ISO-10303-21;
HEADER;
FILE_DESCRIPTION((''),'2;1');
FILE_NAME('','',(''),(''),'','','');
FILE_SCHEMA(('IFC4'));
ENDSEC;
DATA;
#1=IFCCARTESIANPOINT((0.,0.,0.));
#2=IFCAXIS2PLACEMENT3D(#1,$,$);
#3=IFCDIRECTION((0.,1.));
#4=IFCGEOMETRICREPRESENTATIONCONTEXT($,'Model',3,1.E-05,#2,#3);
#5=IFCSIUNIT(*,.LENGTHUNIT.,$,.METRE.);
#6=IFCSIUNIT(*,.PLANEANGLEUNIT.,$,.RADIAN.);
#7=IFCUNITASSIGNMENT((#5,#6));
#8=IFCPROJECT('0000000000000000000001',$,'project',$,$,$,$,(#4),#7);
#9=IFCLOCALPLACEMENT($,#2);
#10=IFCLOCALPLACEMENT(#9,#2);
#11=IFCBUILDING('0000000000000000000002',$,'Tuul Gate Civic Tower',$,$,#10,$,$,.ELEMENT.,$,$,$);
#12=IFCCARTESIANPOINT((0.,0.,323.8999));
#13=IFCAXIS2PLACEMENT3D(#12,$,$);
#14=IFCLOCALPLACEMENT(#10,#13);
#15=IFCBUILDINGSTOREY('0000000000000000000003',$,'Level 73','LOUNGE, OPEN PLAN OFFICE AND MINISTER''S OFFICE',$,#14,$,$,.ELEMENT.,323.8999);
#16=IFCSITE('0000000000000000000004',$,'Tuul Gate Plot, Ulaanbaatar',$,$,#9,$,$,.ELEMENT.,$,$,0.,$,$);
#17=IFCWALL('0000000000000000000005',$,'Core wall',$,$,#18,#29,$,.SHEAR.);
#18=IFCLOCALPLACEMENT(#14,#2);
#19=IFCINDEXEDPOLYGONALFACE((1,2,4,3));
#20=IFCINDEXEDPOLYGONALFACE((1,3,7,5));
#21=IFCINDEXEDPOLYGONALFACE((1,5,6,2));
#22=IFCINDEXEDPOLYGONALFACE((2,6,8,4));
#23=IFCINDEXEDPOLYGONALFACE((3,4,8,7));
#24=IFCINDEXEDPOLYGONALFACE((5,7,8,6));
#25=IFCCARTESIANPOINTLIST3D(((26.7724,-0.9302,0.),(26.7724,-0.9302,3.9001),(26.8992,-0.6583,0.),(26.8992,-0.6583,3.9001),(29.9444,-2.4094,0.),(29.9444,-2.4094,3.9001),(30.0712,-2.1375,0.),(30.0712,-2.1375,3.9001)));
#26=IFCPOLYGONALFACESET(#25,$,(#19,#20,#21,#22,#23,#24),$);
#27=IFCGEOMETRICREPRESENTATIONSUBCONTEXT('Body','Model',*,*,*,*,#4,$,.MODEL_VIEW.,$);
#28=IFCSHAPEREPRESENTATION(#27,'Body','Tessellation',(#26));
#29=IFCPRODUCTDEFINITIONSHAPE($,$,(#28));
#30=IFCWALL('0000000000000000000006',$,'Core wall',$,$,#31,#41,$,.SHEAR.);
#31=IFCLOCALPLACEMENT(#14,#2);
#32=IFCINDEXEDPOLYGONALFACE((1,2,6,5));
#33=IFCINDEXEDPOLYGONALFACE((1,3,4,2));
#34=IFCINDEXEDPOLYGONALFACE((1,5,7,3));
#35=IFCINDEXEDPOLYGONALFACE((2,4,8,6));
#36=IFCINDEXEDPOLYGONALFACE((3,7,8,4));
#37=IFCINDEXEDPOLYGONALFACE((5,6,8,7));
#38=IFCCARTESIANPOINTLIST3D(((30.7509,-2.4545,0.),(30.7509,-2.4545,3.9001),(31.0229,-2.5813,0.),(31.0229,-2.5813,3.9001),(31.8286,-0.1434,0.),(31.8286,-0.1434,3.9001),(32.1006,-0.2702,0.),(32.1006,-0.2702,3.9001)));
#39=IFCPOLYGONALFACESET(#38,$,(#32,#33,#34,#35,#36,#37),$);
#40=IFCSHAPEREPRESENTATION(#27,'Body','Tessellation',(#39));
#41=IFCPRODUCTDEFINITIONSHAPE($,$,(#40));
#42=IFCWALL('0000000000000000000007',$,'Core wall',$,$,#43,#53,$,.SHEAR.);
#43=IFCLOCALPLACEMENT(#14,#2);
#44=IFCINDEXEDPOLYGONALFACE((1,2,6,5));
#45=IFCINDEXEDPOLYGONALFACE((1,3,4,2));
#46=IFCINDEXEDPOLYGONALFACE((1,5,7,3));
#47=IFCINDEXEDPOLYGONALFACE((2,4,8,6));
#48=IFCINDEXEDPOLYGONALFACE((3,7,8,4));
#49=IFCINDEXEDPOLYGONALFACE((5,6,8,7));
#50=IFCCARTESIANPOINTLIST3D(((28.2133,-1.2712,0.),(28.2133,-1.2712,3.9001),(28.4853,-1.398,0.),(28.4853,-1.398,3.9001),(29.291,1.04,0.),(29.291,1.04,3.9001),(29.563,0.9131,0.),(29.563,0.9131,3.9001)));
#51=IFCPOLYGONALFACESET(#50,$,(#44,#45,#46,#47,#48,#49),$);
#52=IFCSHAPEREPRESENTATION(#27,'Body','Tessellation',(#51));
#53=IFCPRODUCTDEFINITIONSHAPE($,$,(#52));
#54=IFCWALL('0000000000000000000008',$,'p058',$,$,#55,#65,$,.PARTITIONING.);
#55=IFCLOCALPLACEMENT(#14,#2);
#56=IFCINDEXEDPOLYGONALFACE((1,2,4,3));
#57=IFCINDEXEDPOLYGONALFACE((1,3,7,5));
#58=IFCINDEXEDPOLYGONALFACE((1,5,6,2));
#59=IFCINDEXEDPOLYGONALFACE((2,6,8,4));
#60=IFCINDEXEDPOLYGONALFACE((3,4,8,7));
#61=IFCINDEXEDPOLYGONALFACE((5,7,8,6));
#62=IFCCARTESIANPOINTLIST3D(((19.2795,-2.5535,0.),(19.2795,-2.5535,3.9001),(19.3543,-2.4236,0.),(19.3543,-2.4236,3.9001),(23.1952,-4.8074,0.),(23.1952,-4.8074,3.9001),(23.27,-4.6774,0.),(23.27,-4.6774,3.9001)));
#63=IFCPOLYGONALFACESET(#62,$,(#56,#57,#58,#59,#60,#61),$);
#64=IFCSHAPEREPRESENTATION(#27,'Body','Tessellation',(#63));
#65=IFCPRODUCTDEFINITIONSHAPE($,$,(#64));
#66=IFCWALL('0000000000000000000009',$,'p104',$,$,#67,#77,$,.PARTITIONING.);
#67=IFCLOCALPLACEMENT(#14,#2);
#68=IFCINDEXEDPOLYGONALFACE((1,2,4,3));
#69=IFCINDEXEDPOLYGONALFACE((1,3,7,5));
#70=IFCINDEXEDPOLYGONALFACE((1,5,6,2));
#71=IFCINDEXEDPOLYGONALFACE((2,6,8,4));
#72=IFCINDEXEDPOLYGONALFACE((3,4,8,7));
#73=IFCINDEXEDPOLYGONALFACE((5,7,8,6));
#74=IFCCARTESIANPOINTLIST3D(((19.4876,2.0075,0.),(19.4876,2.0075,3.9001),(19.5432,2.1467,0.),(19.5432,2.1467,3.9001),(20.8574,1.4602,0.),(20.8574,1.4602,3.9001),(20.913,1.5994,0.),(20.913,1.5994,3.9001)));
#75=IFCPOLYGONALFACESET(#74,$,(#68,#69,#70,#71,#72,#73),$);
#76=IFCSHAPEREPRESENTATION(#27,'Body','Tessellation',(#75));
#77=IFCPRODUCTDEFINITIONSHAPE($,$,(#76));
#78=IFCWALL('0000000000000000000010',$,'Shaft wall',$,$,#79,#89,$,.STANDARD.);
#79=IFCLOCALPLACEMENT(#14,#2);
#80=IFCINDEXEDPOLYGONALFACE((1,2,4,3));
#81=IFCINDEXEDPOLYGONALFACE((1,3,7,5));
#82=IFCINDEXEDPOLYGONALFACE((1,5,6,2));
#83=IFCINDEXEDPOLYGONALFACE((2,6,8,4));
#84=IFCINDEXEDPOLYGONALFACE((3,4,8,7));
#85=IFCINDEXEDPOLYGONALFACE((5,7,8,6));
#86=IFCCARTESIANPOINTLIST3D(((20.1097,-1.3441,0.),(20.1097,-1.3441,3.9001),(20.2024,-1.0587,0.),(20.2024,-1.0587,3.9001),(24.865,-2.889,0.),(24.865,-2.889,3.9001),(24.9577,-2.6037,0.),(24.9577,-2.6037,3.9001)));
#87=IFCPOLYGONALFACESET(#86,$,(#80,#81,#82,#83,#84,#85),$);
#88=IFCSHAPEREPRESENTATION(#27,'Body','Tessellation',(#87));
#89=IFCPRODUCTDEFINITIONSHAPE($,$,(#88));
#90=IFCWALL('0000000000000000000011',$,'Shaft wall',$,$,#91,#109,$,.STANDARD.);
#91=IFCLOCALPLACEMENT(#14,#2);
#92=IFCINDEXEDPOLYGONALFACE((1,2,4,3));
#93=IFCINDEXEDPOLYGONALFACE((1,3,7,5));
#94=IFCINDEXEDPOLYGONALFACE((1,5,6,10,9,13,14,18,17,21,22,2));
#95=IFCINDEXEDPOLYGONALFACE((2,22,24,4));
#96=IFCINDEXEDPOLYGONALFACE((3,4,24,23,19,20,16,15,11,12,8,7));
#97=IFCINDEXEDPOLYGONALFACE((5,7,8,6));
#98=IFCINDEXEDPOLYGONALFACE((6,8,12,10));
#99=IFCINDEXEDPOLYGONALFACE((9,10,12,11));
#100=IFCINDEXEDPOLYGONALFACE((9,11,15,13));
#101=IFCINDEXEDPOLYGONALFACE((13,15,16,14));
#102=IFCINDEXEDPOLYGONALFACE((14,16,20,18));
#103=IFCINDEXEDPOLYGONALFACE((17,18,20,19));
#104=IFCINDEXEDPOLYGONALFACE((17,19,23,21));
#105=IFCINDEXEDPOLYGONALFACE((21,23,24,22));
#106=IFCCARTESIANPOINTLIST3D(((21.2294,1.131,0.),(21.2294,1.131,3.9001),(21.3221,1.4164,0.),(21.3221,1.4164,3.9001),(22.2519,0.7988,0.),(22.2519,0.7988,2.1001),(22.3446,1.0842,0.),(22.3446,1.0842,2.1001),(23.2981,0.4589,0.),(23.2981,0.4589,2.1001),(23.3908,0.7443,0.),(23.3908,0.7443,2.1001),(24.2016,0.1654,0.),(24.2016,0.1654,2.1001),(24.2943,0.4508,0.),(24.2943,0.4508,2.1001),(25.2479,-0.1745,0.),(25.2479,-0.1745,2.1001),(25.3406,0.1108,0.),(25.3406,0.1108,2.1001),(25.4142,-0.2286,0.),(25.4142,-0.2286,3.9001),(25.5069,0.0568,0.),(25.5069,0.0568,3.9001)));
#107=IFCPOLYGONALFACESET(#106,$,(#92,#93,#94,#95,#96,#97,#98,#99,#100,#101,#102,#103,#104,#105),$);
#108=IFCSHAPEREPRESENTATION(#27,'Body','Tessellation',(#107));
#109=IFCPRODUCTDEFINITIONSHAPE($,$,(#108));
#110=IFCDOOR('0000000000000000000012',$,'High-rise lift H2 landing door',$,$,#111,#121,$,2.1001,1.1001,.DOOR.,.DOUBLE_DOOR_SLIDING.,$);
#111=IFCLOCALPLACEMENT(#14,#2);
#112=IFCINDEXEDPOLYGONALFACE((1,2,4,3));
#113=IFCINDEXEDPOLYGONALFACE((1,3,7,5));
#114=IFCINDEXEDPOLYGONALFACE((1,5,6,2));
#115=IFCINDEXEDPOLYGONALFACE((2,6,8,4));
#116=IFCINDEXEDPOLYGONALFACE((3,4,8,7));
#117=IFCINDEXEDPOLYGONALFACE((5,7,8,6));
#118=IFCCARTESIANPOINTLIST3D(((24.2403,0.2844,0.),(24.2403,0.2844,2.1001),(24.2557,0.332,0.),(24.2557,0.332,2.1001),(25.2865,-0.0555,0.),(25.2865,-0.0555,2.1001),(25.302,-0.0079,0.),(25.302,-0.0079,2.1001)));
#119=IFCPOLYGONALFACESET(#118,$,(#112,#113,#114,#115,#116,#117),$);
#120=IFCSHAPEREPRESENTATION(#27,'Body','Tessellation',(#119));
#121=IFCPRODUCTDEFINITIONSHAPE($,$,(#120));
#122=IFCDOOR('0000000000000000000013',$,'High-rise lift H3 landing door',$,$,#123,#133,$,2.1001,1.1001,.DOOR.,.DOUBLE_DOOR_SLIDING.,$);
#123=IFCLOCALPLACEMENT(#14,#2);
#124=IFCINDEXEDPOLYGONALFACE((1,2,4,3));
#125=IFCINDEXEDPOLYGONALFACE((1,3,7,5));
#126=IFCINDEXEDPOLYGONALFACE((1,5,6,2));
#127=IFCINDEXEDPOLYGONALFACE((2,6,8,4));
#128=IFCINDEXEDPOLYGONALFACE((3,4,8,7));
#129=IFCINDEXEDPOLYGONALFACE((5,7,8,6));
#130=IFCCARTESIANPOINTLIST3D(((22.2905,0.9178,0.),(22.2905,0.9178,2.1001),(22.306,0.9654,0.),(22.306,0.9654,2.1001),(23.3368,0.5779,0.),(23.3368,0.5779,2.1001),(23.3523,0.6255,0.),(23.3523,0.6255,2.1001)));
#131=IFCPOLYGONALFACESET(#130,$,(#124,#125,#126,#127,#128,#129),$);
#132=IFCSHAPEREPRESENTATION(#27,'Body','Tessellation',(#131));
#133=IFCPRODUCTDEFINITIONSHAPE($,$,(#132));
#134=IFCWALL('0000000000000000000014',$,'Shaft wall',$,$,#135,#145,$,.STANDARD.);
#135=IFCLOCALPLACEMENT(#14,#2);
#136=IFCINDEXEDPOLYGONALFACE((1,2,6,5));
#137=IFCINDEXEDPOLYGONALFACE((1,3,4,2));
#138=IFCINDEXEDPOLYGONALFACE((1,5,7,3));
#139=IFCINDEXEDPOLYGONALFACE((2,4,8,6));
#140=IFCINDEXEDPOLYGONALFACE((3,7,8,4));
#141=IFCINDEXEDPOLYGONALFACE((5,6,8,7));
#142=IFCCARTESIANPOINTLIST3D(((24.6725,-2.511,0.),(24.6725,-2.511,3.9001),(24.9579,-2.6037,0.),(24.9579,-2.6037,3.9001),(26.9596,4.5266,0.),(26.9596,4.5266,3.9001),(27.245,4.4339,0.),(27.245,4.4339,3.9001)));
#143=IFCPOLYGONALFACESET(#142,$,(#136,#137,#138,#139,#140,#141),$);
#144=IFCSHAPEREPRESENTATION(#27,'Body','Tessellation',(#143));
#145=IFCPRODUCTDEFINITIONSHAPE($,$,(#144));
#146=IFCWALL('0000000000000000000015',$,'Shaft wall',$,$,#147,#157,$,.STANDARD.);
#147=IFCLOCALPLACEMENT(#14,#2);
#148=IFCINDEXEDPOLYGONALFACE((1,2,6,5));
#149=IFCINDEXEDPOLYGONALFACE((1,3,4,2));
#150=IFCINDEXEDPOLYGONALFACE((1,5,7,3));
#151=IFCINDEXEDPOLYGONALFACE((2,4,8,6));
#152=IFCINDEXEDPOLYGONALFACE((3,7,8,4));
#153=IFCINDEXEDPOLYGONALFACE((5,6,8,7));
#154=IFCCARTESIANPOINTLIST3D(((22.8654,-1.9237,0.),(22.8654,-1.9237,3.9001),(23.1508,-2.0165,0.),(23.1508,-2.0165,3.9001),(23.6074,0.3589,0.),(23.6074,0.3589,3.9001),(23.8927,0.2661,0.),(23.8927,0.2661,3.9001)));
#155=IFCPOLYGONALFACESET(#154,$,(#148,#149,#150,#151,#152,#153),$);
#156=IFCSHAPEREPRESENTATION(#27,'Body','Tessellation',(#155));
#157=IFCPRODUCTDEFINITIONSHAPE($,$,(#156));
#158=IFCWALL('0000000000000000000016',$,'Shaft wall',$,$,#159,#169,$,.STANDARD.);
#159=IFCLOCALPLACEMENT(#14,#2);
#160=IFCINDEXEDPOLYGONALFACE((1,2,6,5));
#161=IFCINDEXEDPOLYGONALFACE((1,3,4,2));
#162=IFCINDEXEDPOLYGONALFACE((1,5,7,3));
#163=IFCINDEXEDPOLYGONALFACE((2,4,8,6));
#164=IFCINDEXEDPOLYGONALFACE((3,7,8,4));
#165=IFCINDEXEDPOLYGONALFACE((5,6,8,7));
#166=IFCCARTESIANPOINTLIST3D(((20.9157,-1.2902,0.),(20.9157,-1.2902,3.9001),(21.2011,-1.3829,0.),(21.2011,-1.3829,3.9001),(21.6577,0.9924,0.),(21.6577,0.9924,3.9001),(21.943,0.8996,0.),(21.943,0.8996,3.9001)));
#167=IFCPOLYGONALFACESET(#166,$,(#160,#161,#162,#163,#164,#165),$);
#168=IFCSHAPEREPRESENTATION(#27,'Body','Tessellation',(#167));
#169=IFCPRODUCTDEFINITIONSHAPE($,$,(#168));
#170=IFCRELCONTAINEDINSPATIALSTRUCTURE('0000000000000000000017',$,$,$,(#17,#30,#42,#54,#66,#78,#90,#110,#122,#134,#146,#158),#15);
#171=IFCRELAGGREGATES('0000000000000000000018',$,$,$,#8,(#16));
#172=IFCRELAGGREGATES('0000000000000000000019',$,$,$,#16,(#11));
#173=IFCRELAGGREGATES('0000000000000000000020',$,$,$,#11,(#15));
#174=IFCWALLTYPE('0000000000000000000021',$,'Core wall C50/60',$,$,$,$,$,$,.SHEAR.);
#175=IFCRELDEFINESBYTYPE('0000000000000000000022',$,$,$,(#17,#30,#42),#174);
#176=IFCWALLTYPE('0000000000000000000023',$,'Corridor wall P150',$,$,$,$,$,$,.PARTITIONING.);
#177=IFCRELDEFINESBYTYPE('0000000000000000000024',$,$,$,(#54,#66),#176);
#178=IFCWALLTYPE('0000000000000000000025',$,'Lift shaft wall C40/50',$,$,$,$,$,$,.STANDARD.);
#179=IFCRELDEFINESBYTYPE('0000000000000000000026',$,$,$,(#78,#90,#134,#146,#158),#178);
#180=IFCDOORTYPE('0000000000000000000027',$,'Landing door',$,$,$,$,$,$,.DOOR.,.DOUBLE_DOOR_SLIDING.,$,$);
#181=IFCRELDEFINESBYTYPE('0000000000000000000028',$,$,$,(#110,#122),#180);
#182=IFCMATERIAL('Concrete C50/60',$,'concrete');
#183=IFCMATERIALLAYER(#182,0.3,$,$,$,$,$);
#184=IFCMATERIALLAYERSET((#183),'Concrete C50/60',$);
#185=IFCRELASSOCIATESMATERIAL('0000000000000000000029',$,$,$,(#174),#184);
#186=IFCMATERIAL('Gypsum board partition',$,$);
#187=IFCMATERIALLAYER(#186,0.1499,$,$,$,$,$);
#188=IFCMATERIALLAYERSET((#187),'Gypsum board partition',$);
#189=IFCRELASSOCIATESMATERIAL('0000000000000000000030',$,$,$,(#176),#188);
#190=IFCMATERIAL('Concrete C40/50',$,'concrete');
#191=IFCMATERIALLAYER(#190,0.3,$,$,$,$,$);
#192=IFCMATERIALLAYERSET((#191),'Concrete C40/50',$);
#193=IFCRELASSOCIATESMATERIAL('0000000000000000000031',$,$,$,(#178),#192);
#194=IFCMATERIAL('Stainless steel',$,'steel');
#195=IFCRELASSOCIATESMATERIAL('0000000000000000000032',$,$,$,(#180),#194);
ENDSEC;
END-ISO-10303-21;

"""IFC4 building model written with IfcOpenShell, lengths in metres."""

from ifc_helpers import new_model, si_unit, direction, frame, frame_2d, origin, place, context, subcontext, project, spatial, rectangle, extrude, material, layer, layer_set, type_object, element, fill, save


model = new_model("IFC4")

# Units and contexts
model_context = context("Model", 3, precision=1e-05, world=origin(), true_north=direction((0.0, 1.0)))
body_context = subcontext(model_context, "Body", "Model", "MODEL_VIEW")
ifc_project = project(units=[si_unit("LENGTHUNIT", "METRE"), si_unit("PLANEANGLEUNIT", "RADIAN")], contexts=[model_context])

# Site, building, storey
site_placement = place(None, origin())
site = spatial("IfcSite", under=ifc_project, at=site_placement, Name="Tuul Gate Plot, Ulaanbaatar", CompositionType="ELEMENT", RefElevation=0.0)
building_placement = place(site_placement, origin())
building = spatial("IfcBuilding", under=site, at=building_placement, Name="Tuul Gate Civic Tower", CompositionType="ELEMENT")
storey_placement = place(building_placement, frame((0.0, 0.0, 323.8999)))
storey = spatial("IfcBuildingStorey", under=building, at=storey_placement, Name="Level 73", Description="LOUNGE, OPEN PLAN OFFICE AND MINISTER'S OFFICE", CompositionType="ELEMENT", Elevation=323.8999)

# Walls
ifc_material_1 = material(Name="Concrete C50/60", Category="concrete")
ifc_layer_1 = layer(ifc_material_1, 0.3)
ifc_layer_set_1 = layer_set([ifc_layer_1], Name="Concrete C50/60")
wall_type_1 = type_object("IfcWallType", Name="Core wall C50/60", PredefinedType="SHEAR", material=ifc_layer_set_1)
wall_1_placement = place(storey_placement, frame((30.0078, -2.2734, 0.0), z_axis=(0.0, 0.0, 1.0), x_axis=(-0.906301, 0.422633, 0.0)))
element("IfcWall", 1, at=wall_1_placement, inside=storey, type_object=wall_type_1, Name="Core wall", PredefinedType="SHEAR", context=body_context, shape_type="SweptSolid", body=[
    extrude(rectangle(XDim=3.5, YDim=0.3, at=frame_2d((1.75, 0.0))), origin(), (0.0, 0.0, 1.0), 3.9001),
])
for number, where, z_axis, x_axis, name in (
    (2, (30.887, -2.5178, 0.0), (0.0, 0.0, 1.0), (0.422613, 0.90631, 0.0), "Core wall"),
    (3, (28.3494, -1.3345, 0.0), (0.0, 0.0, 1.0), (0.422613, 0.90631, 0.0), "Core wall"),
):
    element("IfcWall", number, at=place(storey_placement, frame(where, z_axis=z_axis, x_axis=x_axis)), inside=storey, type_object=wall_type_1, Name=name, PredefinedType="SHEAR", context=body_context, shape_type="SweptSolid", body=[
        extrude(rectangle(XDim=2.55, YDim=0.3, at=frame_2d((1.2749, 0.0))), origin(), (0.0, 0.0, 1.0), 3.9001),
    ])
ifc_material_2 = material(Name="Gypsum board partition")
ifc_layer_2 = layer(ifc_material_2, 0.1499)
ifc_layer_set_2 = layer_set([ifc_layer_2], Name="Gypsum board partition")
wall_type_2 = type_object("IfcWallType", Name="Corridor wall P150", PredefinedType="PARTITIONING", material=ifc_layer_set_2)
wall_2_placement = place(storey_placement, frame((19.3169, -2.4885, 0.0), z_axis=(0.0, 0.0, 1.0), x_axis=(0.866683, -0.49886, 0.0)))
element("IfcWall", 4, at=wall_2_placement, inside=storey, type_object=wall_type_2, Name="p058", PredefinedType="PARTITIONING", context=body_context, shape_type="SweptSolid", body=[
    extrude(rectangle(XDim=4.5181, YDim=0.1499, at=frame_2d((2.259, 0.0))), origin(), (0.0, 0.0, 1.0), 3.9001),
])
wall_3_placement = place(storey_placement, frame((19.5154, 2.0771, 0.0), z_axis=(0.0, 0.0, 1.0), x_axis=(0.928614, -0.371048, 0.0)))
element("IfcWall", 5, at=wall_3_placement, inside=storey, type_object=wall_type_2, Name="p104", PredefinedType="PARTITIONING", context=body_context, shape_type="SweptSolid", body=[
    extrude(rectangle(XDim=1.4751, YDim=0.1499, at=frame_2d((0.7375, 0.0))), origin(), (0.0, 0.0, 1.0), 3.9001),
])
ifc_material_3 = material(Name="Concrete C40/50", Category="concrete")
ifc_layer_3 = layer(ifc_material_3, 0.3)
ifc_layer_set_3 = layer_set([ifc_layer_3], Name="Concrete C40/50")
wall_type_3 = type_object("IfcWallType", Name="Lift shaft wall C40/50", PredefinedType="STANDARD", material=ifc_layer_set_3)
wall_4_placement = place(storey_placement, frame((24.9114, -2.7463, 0.0), z_axis=(0.0, 0.0, 1.0), x_axis=(-0.951068, 0.308982, 0.0)))
element("IfcWall", 6, at=wall_4_placement, inside=storey, type_object=wall_type_3, Name="Shaft wall", PredefinedType="STANDARD", context=body_context, shape_type="SweptSolid", body=[
    extrude(rectangle(XDim=5.0, YDim=0.3, at=frame_2d((2.5, 0.0))), origin(), (0.0, 0.0, 1.0), 3.9001),
])

# Wall, openings, doors
wall_5_placement = place(storey_placement, frame((25.4607, -0.0859, 0.0), z_axis=(0.0, 0.0, 1.0), x_axis=(-0.951064, 0.308994, 0.0)))
wall_5 = element("IfcWall", 7, at=wall_5_placement, inside=storey, type_object=wall_type_3, Name="Shaft wall", PredefinedType="STANDARD", context=body_context, shape_type="SweptSolid", body=[
    extrude(rectangle(XDim=4.4001, YDim=0.3, at=frame_2d((2.2002, 0.0))), origin(), (0.0, 0.0, 1.0), 3.9001),
])
opening_1_placement = place(wall_5_placement, frame((0.175, 0.0, 0.0)))
opening_1 = element("IfcOpeningElement", 8, at=opening_1_placement, cuts=wall_5, PredefinedType="OPENING", context=body_context, shape_type="SweptSolid", body=[
    extrude(rectangle(XDim=1.1001, YDim=2.1001, at=frame_2d((0.55, 1.05))), frame((0.0, 0.1602, 0.0), z_axis=(0.0, -1.0, 0.0), x_axis=(1.0, 0.0, 0.0)), (0.0, 0.0, 1.0), 0.3201),
])
opening_2_placement = place(wall_5_placement, frame((2.2251, 0.0, 0.0)))
opening_2 = element("IfcOpeningElement", 9, at=opening_2_placement, cuts=wall_5, PredefinedType="OPENING", context=body_context, shape_type="SweptSolid", body=[
    extrude(rectangle(XDim=1.1001, YDim=2.1001, at=frame_2d((0.55, 1.05))), frame((0.0, 0.1602, 0.0), z_axis=(0.0, -1.0, 0.0), x_axis=(1.0, 0.0, 0.0)), (0.0, 0.0, 1.0), 0.3201),
])
ifc_material_4 = material(Name="Stainless steel", Category="steel")
door_type_1 = type_object("IfcDoorType", Name="Landing door", OperationType="DOUBLE_DOOR_SLIDING", PredefinedType="DOOR", material=ifc_material_4)
door_1_placement = place(opening_1_placement, origin())
door_1 = element("IfcDoor", 10, at=door_1_placement, inside=storey, type_object=door_type_1, Name="High-rise lift H2 landing door", OperationType="DOUBLE_DOOR_SLIDING", OverallHeight=2.1001, OverallWidth=1.1001, PredefinedType="DOOR", context=body_context, shape_type="SweptSolid", body=[
    extrude(rectangle(XDim=1.1001, YDim=2.1001, at=frame_2d((0.55, 1.05))), frame((0.0, 0.0249, 0.0), z_axis=(0.0, -1.0, 0.0), x_axis=(1.0, 0.0, 0.0)), (0.0, 0.0, 1.0), 0.05),
])
fill(opening_1, door_1)
door_2_placement = place(opening_2_placement, origin())
door_2 = element("IfcDoor", 11, at=door_2_placement, inside=storey, type_object=door_type_1, Name="High-rise lift H3 landing door", OperationType="DOUBLE_DOOR_SLIDING", OverallHeight=2.1001, OverallWidth=1.1001, PredefinedType="DOOR", context=body_context, shape_type="SweptSolid", body=[
    extrude(rectangle(XDim=1.1001, YDim=2.1001, at=frame_2d((0.55, 1.05))), frame((0.0, 0.0249, 0.0), z_axis=(0.0, -1.0, 0.0), x_axis=(1.0, 0.0, 0.0)), (0.0, 0.0, 1.0), 0.05),
])
fill(opening_2, door_2)

# Walls
wall_6_placement = place(storey_placement, frame((24.8152, -2.5574, 0.0), z_axis=(0.0, 0.0, 1.0), x_axis=(0.309073, 0.951038, 0.0)))
element("IfcWall", 12, at=wall_6_placement, inside=storey, type_object=wall_type_3, Name="Shaft wall", PredefinedType="STANDARD", context=body_context, shape_type="SweptSolid", body=[
    extrude(rectangle(XDim=7.3999, YDim=0.3, at=frame_2d((3.7, 0.0))), origin(), (0.0, 0.0, 1.0), 3.9001),
])
for number, where, z_axis, x_axis, name in (
    (13, (23.0081, -1.9702, 0.0), (0.0, 0.0, 1.0), (0.309139, 0.951017, 0.0), "Shaft wall"),
    (14, (21.0583, -1.3367, 0.0), (0.0, 0.0, 1.0), (0.309139, 0.951017, 0.0), "Shaft wall"),
):
    element("IfcWall", number, at=place(storey_placement, frame(where, z_axis=z_axis, x_axis=x_axis)), inside=storey, type_object=wall_type_3, Name=name, PredefinedType="STANDARD", context=body_context, shape_type="SweptSolid", body=[
        extrude(rectangle(XDim=2.4001, YDim=0.3, at=frame_2d((1.2002, 0.0))), origin(), (0.0, 0.0, 1.0), 3.9001),
    ])

save(model, "model.ifc")
